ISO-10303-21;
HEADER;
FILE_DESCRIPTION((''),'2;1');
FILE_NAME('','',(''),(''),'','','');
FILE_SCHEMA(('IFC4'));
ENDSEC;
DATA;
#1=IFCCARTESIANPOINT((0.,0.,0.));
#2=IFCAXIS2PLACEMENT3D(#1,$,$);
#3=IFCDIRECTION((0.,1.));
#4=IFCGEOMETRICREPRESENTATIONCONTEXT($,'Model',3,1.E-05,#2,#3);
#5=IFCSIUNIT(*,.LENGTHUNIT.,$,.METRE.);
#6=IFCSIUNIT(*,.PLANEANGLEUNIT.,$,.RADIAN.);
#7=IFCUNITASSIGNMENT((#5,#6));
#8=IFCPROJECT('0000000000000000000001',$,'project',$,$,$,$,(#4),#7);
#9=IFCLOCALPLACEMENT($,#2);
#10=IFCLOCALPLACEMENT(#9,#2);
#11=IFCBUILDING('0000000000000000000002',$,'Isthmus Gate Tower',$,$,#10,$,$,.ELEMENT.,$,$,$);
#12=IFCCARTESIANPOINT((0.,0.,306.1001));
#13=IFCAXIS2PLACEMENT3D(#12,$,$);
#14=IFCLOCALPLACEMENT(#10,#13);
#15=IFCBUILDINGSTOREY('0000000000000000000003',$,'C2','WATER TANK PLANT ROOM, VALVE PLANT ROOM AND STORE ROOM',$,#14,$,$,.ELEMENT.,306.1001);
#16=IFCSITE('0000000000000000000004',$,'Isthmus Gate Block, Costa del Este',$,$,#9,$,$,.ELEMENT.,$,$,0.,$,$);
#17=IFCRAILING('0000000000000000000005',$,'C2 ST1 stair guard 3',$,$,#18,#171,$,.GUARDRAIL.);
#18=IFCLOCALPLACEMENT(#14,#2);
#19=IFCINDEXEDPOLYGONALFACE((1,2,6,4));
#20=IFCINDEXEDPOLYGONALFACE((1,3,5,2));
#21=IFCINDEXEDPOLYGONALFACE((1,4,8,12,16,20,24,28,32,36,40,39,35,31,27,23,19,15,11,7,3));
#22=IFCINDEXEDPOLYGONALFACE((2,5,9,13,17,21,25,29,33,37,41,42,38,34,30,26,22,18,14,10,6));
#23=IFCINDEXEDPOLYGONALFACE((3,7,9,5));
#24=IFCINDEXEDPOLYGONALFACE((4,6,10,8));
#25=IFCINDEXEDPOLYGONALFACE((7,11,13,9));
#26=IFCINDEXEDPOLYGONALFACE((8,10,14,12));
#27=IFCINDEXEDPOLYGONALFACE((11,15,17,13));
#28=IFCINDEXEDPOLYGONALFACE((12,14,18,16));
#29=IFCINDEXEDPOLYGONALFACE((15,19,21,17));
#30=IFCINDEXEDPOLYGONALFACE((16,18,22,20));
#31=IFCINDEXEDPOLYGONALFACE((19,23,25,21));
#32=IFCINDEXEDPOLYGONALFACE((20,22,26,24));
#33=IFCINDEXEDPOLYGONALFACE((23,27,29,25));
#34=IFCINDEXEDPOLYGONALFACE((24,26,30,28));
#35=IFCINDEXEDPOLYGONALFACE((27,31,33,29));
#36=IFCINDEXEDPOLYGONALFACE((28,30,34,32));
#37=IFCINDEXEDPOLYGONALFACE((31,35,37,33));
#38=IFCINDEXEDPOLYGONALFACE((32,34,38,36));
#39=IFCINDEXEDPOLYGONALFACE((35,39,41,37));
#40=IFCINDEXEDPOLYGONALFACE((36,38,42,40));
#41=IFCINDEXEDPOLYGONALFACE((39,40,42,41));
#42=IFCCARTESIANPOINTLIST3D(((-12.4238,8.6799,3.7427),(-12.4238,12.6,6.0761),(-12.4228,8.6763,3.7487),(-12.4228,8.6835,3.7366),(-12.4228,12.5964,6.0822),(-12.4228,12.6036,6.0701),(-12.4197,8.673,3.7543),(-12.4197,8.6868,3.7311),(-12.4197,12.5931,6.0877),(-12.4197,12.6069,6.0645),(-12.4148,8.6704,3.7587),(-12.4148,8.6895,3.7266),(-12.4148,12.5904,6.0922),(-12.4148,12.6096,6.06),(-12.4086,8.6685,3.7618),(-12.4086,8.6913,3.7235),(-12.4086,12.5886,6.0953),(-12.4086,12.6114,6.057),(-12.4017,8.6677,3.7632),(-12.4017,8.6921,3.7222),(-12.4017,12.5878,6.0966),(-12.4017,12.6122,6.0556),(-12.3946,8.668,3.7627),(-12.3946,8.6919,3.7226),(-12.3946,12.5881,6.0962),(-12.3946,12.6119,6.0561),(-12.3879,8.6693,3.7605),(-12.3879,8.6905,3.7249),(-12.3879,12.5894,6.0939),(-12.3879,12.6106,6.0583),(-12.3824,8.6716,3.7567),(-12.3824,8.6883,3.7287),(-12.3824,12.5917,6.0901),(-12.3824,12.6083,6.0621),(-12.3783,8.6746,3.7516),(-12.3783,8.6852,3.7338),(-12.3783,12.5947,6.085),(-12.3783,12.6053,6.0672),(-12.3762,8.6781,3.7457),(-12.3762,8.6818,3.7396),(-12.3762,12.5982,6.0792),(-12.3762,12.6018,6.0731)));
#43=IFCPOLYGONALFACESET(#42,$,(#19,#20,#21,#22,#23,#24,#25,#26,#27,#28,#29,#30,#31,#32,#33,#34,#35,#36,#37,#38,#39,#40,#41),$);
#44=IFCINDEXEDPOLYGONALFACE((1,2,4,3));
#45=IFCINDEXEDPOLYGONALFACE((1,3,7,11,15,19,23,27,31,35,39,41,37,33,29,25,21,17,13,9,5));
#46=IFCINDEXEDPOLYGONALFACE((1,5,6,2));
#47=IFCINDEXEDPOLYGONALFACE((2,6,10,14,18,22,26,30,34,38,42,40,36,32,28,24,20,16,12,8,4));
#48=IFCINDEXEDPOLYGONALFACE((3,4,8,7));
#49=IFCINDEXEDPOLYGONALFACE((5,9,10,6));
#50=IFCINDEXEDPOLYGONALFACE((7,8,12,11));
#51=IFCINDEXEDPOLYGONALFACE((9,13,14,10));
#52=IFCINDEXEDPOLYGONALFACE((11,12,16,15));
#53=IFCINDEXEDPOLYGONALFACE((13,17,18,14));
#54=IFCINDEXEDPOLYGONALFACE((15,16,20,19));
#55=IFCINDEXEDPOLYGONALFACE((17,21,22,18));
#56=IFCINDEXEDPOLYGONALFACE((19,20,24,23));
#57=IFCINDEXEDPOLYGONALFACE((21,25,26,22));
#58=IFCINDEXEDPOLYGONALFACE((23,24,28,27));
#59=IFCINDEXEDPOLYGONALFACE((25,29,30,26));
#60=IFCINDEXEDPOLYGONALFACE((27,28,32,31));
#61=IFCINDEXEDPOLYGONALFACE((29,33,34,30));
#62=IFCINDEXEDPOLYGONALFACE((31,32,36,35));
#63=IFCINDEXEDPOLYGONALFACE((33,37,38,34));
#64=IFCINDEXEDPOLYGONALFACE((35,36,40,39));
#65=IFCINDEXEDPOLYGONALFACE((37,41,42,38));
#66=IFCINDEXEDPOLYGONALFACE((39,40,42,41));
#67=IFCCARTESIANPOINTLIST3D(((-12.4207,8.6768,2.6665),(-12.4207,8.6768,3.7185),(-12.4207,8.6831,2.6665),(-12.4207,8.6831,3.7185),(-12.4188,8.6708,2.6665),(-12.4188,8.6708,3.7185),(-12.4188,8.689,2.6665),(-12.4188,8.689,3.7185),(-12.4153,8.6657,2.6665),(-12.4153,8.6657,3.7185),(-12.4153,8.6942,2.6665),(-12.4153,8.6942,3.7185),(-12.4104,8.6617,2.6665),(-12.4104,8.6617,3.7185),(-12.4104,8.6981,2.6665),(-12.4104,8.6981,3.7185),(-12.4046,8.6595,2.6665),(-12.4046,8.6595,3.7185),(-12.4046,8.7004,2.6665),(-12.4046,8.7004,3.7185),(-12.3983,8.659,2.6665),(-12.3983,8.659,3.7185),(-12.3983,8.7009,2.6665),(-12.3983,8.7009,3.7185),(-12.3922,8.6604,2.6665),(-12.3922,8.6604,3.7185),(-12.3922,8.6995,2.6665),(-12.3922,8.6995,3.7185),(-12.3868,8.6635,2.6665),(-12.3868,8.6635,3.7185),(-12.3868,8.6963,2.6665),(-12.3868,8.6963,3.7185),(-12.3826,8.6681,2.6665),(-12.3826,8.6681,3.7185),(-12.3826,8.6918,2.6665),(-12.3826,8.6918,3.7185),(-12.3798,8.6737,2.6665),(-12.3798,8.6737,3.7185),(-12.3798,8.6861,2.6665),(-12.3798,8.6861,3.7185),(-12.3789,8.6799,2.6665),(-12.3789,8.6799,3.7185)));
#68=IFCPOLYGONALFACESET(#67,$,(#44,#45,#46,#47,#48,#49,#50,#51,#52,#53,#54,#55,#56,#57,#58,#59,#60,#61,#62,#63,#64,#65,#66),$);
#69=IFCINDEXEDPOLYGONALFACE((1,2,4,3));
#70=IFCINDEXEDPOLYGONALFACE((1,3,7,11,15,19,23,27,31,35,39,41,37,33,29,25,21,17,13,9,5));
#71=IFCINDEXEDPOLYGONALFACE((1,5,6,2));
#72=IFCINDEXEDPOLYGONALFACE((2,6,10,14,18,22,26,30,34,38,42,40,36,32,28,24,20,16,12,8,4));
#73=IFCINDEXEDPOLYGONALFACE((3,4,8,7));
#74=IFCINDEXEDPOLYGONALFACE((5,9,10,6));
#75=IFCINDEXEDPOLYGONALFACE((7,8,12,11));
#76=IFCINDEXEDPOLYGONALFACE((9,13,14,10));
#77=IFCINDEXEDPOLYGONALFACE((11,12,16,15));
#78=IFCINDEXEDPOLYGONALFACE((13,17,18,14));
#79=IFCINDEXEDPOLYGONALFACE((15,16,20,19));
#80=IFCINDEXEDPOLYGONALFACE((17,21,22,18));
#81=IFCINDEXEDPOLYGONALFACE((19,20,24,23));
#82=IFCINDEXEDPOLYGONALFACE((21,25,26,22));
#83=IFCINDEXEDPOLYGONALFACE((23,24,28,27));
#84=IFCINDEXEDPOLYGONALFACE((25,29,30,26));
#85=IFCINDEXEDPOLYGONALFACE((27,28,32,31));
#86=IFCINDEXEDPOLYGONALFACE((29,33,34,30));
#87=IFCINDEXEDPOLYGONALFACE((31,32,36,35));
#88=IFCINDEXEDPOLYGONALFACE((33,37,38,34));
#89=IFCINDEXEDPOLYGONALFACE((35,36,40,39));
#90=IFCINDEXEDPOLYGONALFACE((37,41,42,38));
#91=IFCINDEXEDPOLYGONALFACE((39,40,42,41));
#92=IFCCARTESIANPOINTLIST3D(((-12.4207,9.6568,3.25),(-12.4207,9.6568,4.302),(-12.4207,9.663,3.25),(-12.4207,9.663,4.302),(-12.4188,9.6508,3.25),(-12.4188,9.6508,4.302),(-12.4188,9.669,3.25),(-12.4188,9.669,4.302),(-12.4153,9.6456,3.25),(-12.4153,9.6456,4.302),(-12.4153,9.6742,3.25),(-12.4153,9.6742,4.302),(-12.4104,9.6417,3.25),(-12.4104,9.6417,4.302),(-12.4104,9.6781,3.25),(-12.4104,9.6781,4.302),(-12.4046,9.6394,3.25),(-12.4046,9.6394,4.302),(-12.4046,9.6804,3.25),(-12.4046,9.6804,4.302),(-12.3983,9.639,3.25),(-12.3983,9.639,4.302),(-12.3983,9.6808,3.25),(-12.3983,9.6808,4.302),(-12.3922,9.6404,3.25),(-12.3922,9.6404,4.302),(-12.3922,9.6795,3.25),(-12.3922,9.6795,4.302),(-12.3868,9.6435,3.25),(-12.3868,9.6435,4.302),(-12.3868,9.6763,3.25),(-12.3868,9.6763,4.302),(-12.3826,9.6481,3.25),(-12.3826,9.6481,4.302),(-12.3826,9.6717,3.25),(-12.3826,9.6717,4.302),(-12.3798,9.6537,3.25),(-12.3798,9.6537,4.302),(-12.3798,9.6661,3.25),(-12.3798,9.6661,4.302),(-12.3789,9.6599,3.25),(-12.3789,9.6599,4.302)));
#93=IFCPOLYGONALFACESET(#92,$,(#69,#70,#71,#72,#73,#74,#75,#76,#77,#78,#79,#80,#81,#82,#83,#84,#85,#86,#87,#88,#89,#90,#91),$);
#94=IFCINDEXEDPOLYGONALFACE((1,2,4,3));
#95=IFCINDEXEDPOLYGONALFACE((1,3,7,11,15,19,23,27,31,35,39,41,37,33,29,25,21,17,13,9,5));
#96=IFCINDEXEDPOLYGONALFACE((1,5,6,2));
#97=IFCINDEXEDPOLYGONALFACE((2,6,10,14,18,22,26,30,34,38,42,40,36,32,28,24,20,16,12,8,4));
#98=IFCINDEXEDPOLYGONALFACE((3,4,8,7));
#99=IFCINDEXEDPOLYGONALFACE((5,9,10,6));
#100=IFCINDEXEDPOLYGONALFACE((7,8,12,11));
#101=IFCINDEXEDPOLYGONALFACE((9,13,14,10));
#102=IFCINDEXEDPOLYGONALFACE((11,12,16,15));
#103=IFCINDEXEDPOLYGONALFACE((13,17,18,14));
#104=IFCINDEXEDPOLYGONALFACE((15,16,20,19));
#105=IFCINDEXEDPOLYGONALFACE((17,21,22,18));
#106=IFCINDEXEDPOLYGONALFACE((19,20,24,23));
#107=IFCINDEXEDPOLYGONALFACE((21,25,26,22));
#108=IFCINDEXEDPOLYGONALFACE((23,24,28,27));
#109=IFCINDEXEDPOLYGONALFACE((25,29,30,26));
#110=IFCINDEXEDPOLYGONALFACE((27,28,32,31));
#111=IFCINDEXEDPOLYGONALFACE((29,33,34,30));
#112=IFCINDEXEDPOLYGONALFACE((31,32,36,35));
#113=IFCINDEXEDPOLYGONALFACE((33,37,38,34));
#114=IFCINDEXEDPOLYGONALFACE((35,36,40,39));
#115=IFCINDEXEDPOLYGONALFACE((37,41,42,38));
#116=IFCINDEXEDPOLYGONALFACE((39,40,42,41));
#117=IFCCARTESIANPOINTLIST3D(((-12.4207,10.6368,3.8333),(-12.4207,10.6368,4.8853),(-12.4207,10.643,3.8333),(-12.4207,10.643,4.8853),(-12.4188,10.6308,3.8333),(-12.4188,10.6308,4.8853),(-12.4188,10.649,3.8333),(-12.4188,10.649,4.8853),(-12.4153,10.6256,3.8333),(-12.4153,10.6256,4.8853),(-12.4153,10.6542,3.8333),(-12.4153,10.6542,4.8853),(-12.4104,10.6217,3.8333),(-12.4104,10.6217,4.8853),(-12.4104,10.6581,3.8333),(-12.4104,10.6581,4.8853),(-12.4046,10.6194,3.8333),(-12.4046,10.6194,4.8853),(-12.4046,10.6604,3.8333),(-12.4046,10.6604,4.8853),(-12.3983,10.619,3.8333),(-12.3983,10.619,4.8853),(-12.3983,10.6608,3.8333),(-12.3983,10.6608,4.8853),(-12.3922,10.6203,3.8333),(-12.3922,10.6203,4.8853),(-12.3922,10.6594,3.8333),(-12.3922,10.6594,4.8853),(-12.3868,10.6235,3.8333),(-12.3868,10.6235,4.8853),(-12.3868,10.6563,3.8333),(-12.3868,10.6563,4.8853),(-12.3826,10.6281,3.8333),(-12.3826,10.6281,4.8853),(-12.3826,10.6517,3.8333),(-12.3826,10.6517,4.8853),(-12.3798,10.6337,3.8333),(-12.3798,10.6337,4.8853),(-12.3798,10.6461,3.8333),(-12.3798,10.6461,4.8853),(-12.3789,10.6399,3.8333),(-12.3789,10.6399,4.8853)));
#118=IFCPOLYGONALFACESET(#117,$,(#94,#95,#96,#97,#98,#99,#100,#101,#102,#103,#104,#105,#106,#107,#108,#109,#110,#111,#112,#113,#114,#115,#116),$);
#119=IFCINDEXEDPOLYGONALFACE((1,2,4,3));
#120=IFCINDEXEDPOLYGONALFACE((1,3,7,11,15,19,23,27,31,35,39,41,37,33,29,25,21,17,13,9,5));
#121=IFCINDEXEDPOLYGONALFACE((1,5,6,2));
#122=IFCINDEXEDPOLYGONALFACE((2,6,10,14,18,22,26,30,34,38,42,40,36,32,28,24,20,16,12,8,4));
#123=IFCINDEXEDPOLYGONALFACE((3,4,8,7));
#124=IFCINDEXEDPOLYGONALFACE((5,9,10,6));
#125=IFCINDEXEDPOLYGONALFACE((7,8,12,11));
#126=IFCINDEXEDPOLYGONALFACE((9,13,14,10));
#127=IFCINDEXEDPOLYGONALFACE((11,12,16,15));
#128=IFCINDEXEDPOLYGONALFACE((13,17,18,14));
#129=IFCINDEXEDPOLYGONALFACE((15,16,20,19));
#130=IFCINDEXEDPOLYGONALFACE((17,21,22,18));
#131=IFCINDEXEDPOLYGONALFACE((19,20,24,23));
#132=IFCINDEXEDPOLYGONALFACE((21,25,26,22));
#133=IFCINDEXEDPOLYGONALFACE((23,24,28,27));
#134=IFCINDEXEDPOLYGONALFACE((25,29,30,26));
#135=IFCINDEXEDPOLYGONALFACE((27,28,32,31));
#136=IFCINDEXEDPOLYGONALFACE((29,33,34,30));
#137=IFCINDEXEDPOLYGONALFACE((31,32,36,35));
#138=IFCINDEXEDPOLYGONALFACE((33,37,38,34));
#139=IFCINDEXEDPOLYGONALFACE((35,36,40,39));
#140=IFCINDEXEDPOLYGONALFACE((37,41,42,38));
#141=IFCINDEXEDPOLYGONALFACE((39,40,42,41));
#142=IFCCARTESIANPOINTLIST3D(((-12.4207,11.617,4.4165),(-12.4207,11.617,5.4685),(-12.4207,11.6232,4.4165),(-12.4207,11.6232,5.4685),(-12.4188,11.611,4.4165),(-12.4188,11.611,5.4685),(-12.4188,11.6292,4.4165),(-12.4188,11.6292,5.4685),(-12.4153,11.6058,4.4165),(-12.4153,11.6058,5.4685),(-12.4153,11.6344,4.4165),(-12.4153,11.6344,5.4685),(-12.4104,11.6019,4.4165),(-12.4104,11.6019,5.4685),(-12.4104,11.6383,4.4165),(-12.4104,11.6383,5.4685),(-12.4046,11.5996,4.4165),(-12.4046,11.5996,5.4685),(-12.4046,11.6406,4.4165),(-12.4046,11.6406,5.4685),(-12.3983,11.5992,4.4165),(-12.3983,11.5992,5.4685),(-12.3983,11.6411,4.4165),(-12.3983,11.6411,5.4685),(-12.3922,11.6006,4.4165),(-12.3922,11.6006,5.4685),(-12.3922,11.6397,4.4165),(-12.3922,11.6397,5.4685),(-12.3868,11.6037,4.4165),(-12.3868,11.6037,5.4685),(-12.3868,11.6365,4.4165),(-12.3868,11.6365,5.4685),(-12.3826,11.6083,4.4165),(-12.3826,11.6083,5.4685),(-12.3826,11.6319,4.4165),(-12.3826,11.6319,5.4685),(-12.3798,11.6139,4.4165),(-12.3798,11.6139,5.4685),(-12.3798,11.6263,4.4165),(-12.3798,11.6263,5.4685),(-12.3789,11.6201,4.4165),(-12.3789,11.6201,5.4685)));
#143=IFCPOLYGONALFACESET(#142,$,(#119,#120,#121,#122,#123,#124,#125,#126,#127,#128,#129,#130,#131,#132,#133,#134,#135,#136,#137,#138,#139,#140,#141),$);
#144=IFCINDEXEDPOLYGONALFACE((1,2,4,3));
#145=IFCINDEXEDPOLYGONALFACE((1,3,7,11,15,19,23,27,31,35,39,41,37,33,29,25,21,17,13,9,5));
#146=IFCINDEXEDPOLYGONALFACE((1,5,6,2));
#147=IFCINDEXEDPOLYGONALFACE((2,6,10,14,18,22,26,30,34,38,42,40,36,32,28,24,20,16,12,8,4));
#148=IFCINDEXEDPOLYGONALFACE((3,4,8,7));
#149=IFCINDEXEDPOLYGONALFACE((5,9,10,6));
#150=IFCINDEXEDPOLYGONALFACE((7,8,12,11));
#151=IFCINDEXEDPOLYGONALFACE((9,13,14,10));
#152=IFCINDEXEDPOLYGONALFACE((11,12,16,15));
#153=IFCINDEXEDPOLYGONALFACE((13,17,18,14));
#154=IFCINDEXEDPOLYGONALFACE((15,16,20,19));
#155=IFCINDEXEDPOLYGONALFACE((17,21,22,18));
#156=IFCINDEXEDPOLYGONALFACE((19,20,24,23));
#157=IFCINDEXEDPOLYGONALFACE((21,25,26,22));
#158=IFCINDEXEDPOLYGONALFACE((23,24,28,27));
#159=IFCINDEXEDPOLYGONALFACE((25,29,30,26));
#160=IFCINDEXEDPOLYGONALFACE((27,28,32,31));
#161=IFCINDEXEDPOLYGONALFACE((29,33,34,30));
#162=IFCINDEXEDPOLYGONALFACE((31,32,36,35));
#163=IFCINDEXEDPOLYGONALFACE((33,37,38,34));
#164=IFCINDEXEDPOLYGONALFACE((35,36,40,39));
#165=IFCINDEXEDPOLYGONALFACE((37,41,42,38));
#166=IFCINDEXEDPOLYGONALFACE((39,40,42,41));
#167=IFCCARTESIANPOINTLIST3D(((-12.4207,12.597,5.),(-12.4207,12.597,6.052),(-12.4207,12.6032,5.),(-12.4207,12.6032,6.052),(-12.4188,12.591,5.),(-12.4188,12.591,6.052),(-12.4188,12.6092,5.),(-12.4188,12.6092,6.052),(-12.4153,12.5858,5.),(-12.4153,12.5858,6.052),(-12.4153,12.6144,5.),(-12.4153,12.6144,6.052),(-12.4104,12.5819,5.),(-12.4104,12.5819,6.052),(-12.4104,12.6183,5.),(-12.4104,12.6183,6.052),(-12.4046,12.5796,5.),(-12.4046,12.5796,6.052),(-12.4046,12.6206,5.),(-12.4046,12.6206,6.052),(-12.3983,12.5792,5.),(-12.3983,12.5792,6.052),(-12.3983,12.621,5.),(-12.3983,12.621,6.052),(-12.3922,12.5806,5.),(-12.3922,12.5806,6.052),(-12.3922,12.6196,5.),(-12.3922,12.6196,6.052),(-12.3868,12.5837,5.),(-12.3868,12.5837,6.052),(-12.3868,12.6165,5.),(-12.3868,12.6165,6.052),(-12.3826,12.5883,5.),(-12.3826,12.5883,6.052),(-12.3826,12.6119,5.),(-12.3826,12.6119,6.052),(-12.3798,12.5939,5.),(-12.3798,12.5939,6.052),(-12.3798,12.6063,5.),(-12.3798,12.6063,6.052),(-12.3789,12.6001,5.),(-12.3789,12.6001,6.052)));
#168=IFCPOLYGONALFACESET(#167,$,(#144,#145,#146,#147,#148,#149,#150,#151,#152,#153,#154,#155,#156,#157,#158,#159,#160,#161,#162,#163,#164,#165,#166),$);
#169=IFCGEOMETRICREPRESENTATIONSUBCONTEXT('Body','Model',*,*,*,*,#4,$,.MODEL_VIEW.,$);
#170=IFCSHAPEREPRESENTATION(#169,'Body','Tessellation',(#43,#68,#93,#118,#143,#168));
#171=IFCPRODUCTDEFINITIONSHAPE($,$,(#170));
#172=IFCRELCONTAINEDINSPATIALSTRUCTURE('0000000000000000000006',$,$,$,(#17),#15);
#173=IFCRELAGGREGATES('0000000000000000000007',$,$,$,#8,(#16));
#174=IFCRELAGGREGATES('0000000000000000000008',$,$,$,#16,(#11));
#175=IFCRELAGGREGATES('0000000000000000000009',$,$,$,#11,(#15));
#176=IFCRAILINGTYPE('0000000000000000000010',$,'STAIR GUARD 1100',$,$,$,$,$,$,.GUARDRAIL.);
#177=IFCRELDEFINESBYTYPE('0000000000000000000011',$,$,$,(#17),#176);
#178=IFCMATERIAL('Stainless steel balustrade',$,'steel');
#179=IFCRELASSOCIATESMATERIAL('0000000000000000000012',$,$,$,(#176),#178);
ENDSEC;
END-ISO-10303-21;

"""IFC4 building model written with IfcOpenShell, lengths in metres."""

from ifc_helpers import new_model, si_unit, direction, frame, origin, origin_2d, place, context, subcontext, project, spatial, circle, extrude, material, type_object, element, save


model = new_model("IFC4")

# Units and contexts
model_context = context("Model", 3, precision=1e-05, world=origin(), true_north=direction((0.0, 1.0)))
body_context = subcontext(model_context, "Body", "Model", "MODEL_VIEW")
ifc_project = project(units=[si_unit("LENGTHUNIT", "METRE"), si_unit("PLANEANGLEUNIT", "RADIAN")], contexts=[model_context])

# Site, building, storey
site_placement = place(None, origin())
site = spatial("IfcSite", under=ifc_project, at=site_placement, Name="Isthmus Gate Block, Costa del Este", CompositionType="ELEMENT", RefElevation=0.0)
building_placement = place(site_placement, origin())
building = spatial("IfcBuilding", under=site, at=building_placement, Name="Isthmus Gate Tower", CompositionType="ELEMENT")
storey_placement = place(building_placement, frame((0.0, 0.0, 306.1001)))
storey = spatial("IfcBuildingStorey", under=building, at=storey_placement, Name="C2", Description="WATER TANK PLANT ROOM, VALVE PLANT ROOM AND STORE ROOM", CompositionType="ELEMENT", Elevation=306.1001)

# Railing
ifc_material_1 = material(Name="Stainless steel balustrade", Category="steel")
railing_type_1 = type_object("IfcRailingType", Name="STAIR GUARD 1100", PredefinedType="GUARDRAIL", material=ifc_material_1)
railing_1_placement = place(storey_placement, frame((-12.3999, 8.6799, 2.6665)))
element("IfcRailing", 1, at=railing_1_placement, inside=storey, type_object=railing_type_1, Name="C2 ST1 stair guard 3", PredefinedType="GUARDRAIL", context=body_context, shape_type="SweptSolid", body=[
    extrude(circle(Radius=0.0239, at=origin_2d()), frame((0.0, 0.0, 1.0762), z_axis=(0.0, 0.859287, 0.511494), x_axis=(-1.0, 0.0, 0.0)), (0.0, 0.0, 1.0), 4.562),
    extrude(circle(Radius=0.021, at=origin_2d()), origin(), (0.0, 0.0, 1.0), 1.052),
    extrude(circle(Radius=0.021, at=origin_2d()), frame((0.0, 0.98, 0.5835)), (0.0, 0.0, 1.0), 1.052),
    extrude(circle(Radius=0.021, at=origin_2d()), frame((0.0, 1.96, 1.1667)), (0.0, 0.0, 1.0), 1.052),
    extrude(circle(Radius=0.021, at=origin_2d()), frame((0.0, 2.9402, 1.75)), (0.0, 0.0, 1.0), 1.052),
    extrude(circle(Radius=0.021, at=origin_2d()), frame((0.0, 3.9202, 2.3335)), (0.0, 0.0, 1.0), 1.052),
])

save(model, "model.ifc")
